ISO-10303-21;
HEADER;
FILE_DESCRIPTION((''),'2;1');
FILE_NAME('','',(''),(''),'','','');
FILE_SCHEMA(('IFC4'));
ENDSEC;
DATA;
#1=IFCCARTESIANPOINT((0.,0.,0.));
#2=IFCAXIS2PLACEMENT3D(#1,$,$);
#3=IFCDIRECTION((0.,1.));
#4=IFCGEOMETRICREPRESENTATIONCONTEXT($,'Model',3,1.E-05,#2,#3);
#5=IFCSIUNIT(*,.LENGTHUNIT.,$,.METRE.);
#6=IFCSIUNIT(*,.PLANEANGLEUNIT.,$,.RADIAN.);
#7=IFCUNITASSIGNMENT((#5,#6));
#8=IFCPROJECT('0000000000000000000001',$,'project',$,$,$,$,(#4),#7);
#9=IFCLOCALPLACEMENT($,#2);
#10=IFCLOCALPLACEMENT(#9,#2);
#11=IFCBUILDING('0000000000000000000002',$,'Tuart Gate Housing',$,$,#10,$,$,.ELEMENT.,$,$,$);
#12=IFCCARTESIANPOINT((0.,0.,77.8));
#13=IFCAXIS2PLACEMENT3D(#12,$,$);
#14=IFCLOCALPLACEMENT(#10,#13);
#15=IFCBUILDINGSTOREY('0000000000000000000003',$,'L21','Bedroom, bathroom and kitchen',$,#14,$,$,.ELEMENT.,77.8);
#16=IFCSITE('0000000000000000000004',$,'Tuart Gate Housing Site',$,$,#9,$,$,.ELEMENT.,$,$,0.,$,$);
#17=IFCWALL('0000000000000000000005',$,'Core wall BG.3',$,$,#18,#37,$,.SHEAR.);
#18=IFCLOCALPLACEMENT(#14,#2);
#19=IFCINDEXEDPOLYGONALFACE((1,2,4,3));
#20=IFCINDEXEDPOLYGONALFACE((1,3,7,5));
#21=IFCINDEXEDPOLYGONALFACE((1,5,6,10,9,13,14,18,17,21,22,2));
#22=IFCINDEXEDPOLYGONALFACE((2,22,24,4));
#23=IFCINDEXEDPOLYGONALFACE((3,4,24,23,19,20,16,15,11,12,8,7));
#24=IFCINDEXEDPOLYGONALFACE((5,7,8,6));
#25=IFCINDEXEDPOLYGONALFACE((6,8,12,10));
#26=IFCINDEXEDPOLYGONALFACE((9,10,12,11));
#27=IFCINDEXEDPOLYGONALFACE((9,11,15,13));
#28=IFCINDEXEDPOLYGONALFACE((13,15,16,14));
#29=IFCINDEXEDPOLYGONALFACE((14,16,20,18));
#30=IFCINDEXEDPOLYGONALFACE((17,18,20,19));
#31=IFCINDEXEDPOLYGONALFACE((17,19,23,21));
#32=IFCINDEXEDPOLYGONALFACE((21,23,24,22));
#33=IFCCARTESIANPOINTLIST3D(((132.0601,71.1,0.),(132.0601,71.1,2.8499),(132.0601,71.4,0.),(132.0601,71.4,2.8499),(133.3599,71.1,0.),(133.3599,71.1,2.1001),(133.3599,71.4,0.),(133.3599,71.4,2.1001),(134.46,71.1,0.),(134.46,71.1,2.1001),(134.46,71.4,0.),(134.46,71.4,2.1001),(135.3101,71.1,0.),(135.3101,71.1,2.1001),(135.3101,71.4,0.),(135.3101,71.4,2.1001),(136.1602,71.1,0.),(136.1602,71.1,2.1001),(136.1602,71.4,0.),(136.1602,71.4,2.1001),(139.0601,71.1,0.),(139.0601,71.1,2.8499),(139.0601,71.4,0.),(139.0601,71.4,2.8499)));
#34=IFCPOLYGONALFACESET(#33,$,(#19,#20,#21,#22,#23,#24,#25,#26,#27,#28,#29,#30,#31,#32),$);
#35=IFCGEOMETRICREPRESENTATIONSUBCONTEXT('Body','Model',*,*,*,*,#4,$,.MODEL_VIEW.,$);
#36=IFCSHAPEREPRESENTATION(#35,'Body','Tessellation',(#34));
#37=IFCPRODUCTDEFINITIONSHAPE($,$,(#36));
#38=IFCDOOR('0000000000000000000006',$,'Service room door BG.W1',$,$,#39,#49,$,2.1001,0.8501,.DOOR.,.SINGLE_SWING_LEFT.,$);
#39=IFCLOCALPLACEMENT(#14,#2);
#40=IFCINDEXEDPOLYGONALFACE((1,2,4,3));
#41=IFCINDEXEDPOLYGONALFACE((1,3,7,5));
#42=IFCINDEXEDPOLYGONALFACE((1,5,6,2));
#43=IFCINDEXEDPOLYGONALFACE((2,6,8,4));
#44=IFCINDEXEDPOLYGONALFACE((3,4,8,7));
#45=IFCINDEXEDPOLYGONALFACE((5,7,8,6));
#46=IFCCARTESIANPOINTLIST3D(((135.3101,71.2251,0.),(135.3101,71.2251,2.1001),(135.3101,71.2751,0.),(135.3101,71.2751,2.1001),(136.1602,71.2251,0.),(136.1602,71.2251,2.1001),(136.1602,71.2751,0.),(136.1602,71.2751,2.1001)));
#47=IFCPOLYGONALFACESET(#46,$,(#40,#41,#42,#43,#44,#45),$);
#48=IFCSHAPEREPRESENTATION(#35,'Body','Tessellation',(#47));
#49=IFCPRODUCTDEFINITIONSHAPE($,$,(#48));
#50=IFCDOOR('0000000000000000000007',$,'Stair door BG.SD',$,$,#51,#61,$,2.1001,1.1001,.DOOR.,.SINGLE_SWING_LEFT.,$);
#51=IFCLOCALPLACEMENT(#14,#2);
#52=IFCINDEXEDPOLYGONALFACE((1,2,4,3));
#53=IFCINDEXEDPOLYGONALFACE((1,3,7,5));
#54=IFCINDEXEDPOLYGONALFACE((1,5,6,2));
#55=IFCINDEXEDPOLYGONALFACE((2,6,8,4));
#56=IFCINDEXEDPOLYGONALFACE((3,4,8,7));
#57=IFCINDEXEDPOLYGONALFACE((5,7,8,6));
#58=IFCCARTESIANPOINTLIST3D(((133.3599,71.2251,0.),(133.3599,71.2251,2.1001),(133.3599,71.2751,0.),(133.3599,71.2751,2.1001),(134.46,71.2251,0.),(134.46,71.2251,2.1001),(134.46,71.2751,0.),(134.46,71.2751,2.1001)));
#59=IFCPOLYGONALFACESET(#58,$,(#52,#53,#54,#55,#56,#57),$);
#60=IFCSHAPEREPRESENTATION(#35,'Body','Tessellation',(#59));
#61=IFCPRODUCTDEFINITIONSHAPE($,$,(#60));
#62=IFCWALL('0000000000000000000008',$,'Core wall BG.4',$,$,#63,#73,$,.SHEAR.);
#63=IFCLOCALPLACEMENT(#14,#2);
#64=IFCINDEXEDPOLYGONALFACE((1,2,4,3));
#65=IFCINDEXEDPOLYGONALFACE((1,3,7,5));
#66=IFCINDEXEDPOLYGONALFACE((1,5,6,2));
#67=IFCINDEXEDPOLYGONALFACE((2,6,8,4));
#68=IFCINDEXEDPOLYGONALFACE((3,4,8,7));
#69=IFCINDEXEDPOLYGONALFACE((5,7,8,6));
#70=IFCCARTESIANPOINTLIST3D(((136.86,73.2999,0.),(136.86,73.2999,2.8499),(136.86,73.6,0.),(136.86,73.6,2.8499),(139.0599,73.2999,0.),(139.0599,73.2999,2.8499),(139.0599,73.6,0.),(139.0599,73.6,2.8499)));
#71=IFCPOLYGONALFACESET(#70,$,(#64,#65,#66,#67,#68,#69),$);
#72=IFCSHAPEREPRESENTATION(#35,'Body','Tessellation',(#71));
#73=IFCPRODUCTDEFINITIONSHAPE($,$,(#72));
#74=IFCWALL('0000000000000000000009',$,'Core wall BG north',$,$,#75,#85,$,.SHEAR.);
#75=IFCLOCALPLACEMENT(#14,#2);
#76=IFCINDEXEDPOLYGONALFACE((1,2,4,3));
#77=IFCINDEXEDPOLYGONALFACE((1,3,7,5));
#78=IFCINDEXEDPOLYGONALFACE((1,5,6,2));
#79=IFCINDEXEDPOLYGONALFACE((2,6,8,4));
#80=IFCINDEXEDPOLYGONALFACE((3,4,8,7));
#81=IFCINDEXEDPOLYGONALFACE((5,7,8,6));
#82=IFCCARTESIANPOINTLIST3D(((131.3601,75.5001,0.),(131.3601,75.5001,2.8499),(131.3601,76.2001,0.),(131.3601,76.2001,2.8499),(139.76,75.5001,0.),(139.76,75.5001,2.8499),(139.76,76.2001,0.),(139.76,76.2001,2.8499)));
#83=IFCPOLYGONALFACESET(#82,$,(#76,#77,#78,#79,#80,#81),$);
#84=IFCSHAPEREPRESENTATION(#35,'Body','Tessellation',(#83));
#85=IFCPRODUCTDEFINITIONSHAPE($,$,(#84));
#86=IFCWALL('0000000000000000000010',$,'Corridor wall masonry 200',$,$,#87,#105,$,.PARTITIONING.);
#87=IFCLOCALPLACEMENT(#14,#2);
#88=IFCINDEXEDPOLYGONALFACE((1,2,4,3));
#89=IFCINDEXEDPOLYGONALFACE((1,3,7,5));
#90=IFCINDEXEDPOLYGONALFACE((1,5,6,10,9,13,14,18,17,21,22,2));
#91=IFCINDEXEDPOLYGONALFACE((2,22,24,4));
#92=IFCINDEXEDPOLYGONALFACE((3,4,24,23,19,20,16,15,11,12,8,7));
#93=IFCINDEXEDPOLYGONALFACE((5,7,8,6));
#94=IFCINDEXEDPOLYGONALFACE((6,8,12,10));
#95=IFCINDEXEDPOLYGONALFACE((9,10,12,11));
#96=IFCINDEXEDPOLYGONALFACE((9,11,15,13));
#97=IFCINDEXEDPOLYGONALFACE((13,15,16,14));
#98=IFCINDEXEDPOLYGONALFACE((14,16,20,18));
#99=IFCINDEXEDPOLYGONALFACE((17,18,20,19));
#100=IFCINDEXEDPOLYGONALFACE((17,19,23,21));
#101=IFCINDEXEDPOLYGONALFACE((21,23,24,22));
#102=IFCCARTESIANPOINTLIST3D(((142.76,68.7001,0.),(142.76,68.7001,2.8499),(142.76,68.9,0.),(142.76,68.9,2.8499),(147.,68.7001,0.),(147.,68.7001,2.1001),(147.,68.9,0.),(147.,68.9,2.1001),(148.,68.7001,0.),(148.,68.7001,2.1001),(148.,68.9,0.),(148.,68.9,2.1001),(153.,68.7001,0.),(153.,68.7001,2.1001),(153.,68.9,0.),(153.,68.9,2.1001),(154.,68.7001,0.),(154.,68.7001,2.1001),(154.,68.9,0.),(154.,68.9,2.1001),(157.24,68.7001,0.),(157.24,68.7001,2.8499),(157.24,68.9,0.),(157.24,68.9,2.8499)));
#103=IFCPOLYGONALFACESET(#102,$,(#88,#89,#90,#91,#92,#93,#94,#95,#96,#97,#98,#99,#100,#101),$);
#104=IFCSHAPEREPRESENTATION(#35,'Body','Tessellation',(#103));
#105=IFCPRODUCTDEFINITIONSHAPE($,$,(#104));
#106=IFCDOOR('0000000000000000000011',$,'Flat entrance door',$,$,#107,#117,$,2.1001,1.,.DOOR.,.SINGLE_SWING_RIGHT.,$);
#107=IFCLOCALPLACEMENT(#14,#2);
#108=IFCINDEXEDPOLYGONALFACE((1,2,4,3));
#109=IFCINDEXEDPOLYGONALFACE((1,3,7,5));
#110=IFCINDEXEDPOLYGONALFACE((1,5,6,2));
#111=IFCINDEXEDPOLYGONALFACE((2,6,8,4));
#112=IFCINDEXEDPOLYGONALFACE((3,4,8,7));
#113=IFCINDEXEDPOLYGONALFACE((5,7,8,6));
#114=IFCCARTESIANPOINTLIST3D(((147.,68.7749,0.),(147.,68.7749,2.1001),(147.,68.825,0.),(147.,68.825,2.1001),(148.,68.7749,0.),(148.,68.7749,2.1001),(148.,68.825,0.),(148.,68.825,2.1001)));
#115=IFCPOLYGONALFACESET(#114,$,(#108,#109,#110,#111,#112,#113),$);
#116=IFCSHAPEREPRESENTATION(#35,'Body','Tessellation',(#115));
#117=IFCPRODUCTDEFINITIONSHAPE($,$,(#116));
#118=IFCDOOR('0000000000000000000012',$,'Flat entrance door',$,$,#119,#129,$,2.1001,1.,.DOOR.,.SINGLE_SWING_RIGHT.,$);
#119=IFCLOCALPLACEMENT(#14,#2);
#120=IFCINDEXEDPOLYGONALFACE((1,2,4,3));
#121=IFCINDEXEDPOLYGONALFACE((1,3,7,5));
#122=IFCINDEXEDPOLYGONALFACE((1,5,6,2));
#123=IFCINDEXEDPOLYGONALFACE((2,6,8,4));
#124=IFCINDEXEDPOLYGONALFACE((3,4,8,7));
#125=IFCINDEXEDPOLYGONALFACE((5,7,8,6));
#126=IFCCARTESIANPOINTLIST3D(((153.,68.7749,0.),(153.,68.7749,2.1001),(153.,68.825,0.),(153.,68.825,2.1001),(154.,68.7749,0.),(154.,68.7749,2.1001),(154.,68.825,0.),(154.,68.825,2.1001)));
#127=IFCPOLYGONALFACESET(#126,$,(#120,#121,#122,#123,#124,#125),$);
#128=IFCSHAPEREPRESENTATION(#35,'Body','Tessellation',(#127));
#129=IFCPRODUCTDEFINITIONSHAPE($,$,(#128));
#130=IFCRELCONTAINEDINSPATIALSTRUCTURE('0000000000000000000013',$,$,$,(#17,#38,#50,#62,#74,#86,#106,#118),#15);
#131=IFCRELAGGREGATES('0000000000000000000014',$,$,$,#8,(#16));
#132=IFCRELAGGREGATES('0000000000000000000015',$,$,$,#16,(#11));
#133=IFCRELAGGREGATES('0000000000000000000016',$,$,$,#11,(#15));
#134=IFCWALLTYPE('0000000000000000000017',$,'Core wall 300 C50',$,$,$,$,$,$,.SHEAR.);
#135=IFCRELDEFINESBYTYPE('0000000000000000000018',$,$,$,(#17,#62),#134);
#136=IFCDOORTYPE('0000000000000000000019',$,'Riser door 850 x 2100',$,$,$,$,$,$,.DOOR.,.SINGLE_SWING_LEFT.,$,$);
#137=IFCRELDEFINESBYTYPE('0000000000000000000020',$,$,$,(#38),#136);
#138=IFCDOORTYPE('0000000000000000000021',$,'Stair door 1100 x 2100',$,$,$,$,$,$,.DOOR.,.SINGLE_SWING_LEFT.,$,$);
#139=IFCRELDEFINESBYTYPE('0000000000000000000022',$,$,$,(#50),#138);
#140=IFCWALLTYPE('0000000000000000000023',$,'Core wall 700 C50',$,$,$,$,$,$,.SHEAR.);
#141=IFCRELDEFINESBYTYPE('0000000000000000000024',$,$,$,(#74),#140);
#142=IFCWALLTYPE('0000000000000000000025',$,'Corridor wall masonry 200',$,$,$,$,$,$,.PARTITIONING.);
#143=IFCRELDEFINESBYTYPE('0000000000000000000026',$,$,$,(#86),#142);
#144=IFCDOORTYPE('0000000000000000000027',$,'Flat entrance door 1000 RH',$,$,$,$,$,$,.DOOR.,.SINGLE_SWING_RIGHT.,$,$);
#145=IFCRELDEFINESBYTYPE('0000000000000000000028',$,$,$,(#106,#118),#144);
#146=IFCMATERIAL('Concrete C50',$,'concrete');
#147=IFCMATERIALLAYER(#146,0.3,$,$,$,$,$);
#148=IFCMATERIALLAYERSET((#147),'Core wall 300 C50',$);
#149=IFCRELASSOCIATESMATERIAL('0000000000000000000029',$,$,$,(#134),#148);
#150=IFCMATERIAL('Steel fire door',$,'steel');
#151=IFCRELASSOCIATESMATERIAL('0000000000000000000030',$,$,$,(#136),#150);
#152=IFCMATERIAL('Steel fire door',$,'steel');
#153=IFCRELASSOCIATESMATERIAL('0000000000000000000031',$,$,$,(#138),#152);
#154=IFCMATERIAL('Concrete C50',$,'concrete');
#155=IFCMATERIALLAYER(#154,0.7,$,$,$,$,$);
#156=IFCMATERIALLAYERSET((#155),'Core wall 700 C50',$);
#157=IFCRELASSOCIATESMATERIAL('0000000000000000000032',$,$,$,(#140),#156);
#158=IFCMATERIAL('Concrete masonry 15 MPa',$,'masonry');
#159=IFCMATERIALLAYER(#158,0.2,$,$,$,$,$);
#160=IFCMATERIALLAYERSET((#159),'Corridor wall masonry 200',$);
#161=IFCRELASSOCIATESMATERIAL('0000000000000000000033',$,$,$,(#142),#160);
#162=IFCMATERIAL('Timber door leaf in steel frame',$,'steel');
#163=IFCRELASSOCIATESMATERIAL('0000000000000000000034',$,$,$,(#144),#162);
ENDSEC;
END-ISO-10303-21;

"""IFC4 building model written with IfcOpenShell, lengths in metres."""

from ifc_helpers import new_model, si_unit, direction, frame, frame_2d, origin, place, context, subcontext, project, spatial, rectangle, extrude, material, layer, layer_set, type_object, element, fill, save


model = new_model("IFC4")

# Units and contexts
model_context = context("Model", 3, precision=1e-05, world=origin(), true_north=direction((0.0, 1.0)))
body_context = subcontext(model_context, "Body", "Model", "MODEL_VIEW")
ifc_project = project(units=[si_unit("LENGTHUNIT", "METRE"), si_unit("PLANEANGLEUNIT", "RADIAN")], contexts=[model_context])

# Site, building, storey
site_placement = place(None, origin())
site = spatial("IfcSite", under=ifc_project, at=site_placement, Name="Tuart Gate Housing Site", CompositionType="ELEMENT", RefElevation=0.0)
building_placement = place(site_placement, origin())
building = spatial("IfcBuilding", under=site, at=building_placement, Name="Tuart Gate Housing", CompositionType="ELEMENT")
storey_placement = place(building_placement, frame((0.0, 0.0, 77.8)))
storey = spatial("IfcBuildingStorey", under=building, at=storey_placement, Name="L21", Description="Bedroom, bathroom and kitchen", CompositionType="ELEMENT", Elevation=77.8)

# Wall, openings, doors
ifc_material_1 = material(Name="Concrete C50", Category="concrete")
ifc_layer_1 = layer(ifc_material_1, 0.3)
ifc_layer_set_1 = layer_set([ifc_layer_1], Name="Core wall 300 C50")
wall_type_1 = type_object("IfcWallType", Name="Core wall 300 C50", PredefinedType="SHEAR", material=ifc_layer_set_1)
wall_1_placement = place(storey_placement, frame((139.0601, 71.25, 0.0), z_axis=(0.0, 0.0, 1.0), x_axis=(-1.0, 0.0, 0.0)))
wall_1 = element("IfcWall", 1, at=wall_1_placement, inside=storey, type_object=wall_type_1, Name="Core wall BG.3", PredefinedType="SHEAR", context=body_context, shape_type="SweptSolid", body=[
    extrude(rectangle(XDim=7.0, YDim=0.3, at=frame_2d((3.5, 0.0))), origin(), (0.0, 0.0, 1.0), 2.8499),
])
opening_1_placement = place(wall_1_placement, frame((4.6001, 0.0, 0.0)))
opening_1 = element("IfcOpeningElement", 2, at=opening_1_placement, cuts=wall_1, PredefinedType="OPENING", context=body_context, shape_type="SweptSolid", body=[
    extrude(rectangle(XDim=1.1001, YDim=2.1001, at=frame_2d((0.55, 1.05))), frame((0.0, 0.1599, 0.0), z_axis=(0.0, -1.0, 0.0), x_axis=(1.0, 0.0, 0.0)), (0.0, 0.0, 1.0), 0.3201),
])
opening_2_placement = place(wall_1_placement, frame((2.8999, 0.0, 0.0)))
opening_2 = element("IfcOpeningElement", 3, at=opening_2_placement, cuts=wall_1, PredefinedType="OPENING", context=body_context, shape_type="SweptSolid", body=[
    extrude(rectangle(XDim=0.8501, YDim=2.1001, at=frame_2d((0.425, 1.05))), frame((0.0, 0.1599, 0.0), z_axis=(0.0, -1.0, 0.0), x_axis=(1.0, 0.0, 0.0)), (0.0, 0.0, 1.0), 0.3201),
])
ifc_material_2 = material(Name="Steel fire door", Category="steel")
door_type_1 = type_object("IfcDoorType", Name="Riser door 850 x 2100", OperationType="SINGLE_SWING_LEFT", PredefinedType="DOOR", material=ifc_material_2)
door_1_placement = place(opening_2_placement, origin())
door_1 = element("IfcDoor", 4, at=door_1_placement, inside=storey, type_object=door_type_1, Name="Service room door BG.W1", OperationType="SINGLE_SWING_LEFT", OverallHeight=2.1001, OverallWidth=0.8501, PredefinedType="DOOR", context=body_context, shape_type="SweptSolid", body=[
    extrude(rectangle(XDim=0.8501, YDim=2.1001, at=frame_2d((0.425, 1.05))), frame((0.0, 0.0249, 0.0), z_axis=(0.0, -1.0, 0.0), x_axis=(1.0, 0.0, 0.0)), (0.0, 0.0, 1.0), 0.05),
])
fill(opening_2, door_1)
ifc_material_3 = material(Name="Steel fire door", Category="steel")
door_type_2 = type_object("IfcDoorType", Name="Stair door 1100 x 2100", OperationType="SINGLE_SWING_LEFT", PredefinedType="DOOR", material=ifc_material_3)
door_2_placement = place(opening_1_placement, origin())
door_2 = element("IfcDoor", 5, at=door_2_placement, inside=storey, type_object=door_type_2, Name="Stair door BG.SD", OperationType="SINGLE_SWING_LEFT", OverallHeight=2.1001, OverallWidth=1.1001, PredefinedType="DOOR", context=body_context, shape_type="SweptSolid", body=[
    extrude(rectangle(XDim=1.1001, YDim=2.1001, at=frame_2d((0.55, 1.05))), frame((0.0, 0.0249, 0.0), z_axis=(0.0, -1.0, 0.0), x_axis=(1.0, 0.0, 0.0)), (0.0, 0.0, 1.0), 0.05),
])
fill(opening_1, door_2)

# Walls
wall_2_placement = place(storey_placement, frame((139.0601, 73.45, 0.0), z_axis=(0.0, 0.0, 1.0), x_axis=(-1.0, 0.0, 0.0)))
element("IfcWall", 6, at=wall_2_placement, inside=storey, type_object=wall_type_1, Name="Core wall BG.4", PredefinedType="SHEAR", context=body_context, shape_type="SweptSolid", body=[
    extrude(rectangle(XDim=2.2, YDim=0.3, at=frame_2d((1.1001, 0.0))), origin(), (0.0, 0.0, 1.0), 2.8499),
])
ifc_material_4 = material(Name="Concrete C50", Category="concrete")
ifc_layer_2 = layer(ifc_material_4, 0.7)
ifc_layer_set_2 = layer_set([ifc_layer_2], Name="Core wall 700 C50")
wall_type_2 = type_object("IfcWallType", Name="Core wall 700 C50", PredefinedType="SHEAR", material=ifc_layer_set_2)
wall_3_placement = place(storey_placement, frame((139.76, 75.8501, 0.0), z_axis=(0.0, 0.0, 1.0), x_axis=(-1.0, 0.0, 0.0)))
element("IfcWall", 7, at=wall_3_placement, inside=storey, type_object=wall_type_2, Name="Core wall BG north", PredefinedType="SHEAR", context=body_context, shape_type="SweptSolid", body=[
    extrude(rectangle(XDim=8.3999, YDim=0.7, at=frame_2d((4.2, 0.0))), origin(), (0.0, 0.0, 1.0), 2.8499),
])

# Wall, openings, doors
ifc_material_5 = material(Name="Concrete masonry 15 MPa", Category="masonry")
ifc_layer_3 = layer(ifc_material_5, 0.2)
ifc_layer_set_3 = layer_set([ifc_layer_3], Name="Corridor wall masonry 200")
wall_type_3 = type_object("IfcWallType", Name="Corridor wall masonry 200", PredefinedType="PARTITIONING", material=ifc_layer_set_3)
wall_4_placement = place(storey_placement, frame((142.76, 68.8, 0.0), z_axis=(0.0, 0.0, 1.0), x_axis=(1.0, 0.0, 0.0)))
wall_4 = element("IfcWall", 8, at=wall_4_placement, inside=storey, type_object=wall_type_3, Name="Corridor wall masonry 200", PredefinedType="PARTITIONING", context=body_context, shape_type="SweptSolid", body=[
    extrude(rectangle(XDim=14.48, YDim=0.2, at=frame_2d((7.24, 0.0))), origin(), (0.0, 0.0, 1.0), 2.8499),
])
opening_3_placement = place(wall_4_placement, frame((4.24, 0.0, 0.0)))
opening_3 = element("IfcOpeningElement", 9, at=opening_3_placement, cuts=wall_4, PredefinedType="OPENING", context=body_context, shape_type="SweptSolid", body=[
    extrude(rectangle(XDim=1.0, YDim=2.1001, at=frame_2d((0.5, 1.05))), frame((0.0, 0.1099, 0.0), z_axis=(0.0, -1.0, 0.0), x_axis=(1.0, 0.0, 0.0)), (0.0, 0.0, 1.0), 0.22),
])
opening_4_placement = place(wall_4_placement, frame((10.24, 0.0, 0.0)))
opening_4 = element("IfcOpeningElement", 10, at=opening_4_placement, cuts=wall_4, PredefinedType="OPENING", context=body_context, shape_type="SweptSolid", body=[
    extrude(rectangle(XDim=1.0, YDim=2.1001, at=frame_2d((0.5, 1.05))), frame((0.0, 0.1099, 0.0), z_axis=(0.0, -1.0, 0.0), x_axis=(1.0, 0.0, 0.0)), (0.0, 0.0, 1.0), 0.22),
])
ifc_material_6 = material(Name="Timber door leaf in steel frame", Category="steel")
door_type_3 = type_object("IfcDoorType", Name="Flat entrance door 1000 RH", OperationType="SINGLE_SWING_RIGHT", PredefinedType="DOOR", material=ifc_material_6)
door_3_placement = place(opening_3_placement, frame((1.0, 0.0, 0.0), z_axis=(0.0, 0.0, 1.0), x_axis=(-1.0, 0.0, 0.0)))
door_3 = element("IfcDoor", 11, at=door_3_placement, inside=storey, type_object=door_type_3, Name="Flat entrance door", OperationType="SINGLE_SWING_RIGHT", OverallHeight=2.1001, OverallWidth=1.0, PredefinedType="DOOR", context=body_context, shape_type="SweptSolid", body=[
    extrude(rectangle(XDim=1.0, YDim=2.1001, at=frame_2d((0.5, 1.05))), frame((0.0, 0.0251, 0.0), z_axis=(0.0, -1.0, 0.0), x_axis=(1.0, 0.0, 0.0)), (0.0, 0.0, 1.0), 0.05),
])
fill(opening_3, door_3)
door_4_placement = place(opening_4_placement, frame((1.0, 0.0, 0.0), z_axis=(0.0, 0.0, 1.0), x_axis=(-1.0, 0.0, 0.0)))
door_4 = element("IfcDoor", 12, at=door_4_placement, inside=storey, type_object=door_type_3, Name="Flat entrance door", OperationType="SINGLE_SWING_RIGHT", OverallHeight=2.1001, OverallWidth=1.0, PredefinedType="DOOR", context=body_context, shape_type="SweptSolid", body=[
    extrude(rectangle(XDim=1.0, YDim=2.1001, at=frame_2d((0.5, 1.05))), frame((0.0, 0.0251, 0.0), z_axis=(0.0, -1.0, 0.0), x_axis=(1.0, 0.0, 0.0)), (0.0, 0.0, 1.0), 0.05),
])
fill(opening_4, door_4)

save(model, "model.ifc")
